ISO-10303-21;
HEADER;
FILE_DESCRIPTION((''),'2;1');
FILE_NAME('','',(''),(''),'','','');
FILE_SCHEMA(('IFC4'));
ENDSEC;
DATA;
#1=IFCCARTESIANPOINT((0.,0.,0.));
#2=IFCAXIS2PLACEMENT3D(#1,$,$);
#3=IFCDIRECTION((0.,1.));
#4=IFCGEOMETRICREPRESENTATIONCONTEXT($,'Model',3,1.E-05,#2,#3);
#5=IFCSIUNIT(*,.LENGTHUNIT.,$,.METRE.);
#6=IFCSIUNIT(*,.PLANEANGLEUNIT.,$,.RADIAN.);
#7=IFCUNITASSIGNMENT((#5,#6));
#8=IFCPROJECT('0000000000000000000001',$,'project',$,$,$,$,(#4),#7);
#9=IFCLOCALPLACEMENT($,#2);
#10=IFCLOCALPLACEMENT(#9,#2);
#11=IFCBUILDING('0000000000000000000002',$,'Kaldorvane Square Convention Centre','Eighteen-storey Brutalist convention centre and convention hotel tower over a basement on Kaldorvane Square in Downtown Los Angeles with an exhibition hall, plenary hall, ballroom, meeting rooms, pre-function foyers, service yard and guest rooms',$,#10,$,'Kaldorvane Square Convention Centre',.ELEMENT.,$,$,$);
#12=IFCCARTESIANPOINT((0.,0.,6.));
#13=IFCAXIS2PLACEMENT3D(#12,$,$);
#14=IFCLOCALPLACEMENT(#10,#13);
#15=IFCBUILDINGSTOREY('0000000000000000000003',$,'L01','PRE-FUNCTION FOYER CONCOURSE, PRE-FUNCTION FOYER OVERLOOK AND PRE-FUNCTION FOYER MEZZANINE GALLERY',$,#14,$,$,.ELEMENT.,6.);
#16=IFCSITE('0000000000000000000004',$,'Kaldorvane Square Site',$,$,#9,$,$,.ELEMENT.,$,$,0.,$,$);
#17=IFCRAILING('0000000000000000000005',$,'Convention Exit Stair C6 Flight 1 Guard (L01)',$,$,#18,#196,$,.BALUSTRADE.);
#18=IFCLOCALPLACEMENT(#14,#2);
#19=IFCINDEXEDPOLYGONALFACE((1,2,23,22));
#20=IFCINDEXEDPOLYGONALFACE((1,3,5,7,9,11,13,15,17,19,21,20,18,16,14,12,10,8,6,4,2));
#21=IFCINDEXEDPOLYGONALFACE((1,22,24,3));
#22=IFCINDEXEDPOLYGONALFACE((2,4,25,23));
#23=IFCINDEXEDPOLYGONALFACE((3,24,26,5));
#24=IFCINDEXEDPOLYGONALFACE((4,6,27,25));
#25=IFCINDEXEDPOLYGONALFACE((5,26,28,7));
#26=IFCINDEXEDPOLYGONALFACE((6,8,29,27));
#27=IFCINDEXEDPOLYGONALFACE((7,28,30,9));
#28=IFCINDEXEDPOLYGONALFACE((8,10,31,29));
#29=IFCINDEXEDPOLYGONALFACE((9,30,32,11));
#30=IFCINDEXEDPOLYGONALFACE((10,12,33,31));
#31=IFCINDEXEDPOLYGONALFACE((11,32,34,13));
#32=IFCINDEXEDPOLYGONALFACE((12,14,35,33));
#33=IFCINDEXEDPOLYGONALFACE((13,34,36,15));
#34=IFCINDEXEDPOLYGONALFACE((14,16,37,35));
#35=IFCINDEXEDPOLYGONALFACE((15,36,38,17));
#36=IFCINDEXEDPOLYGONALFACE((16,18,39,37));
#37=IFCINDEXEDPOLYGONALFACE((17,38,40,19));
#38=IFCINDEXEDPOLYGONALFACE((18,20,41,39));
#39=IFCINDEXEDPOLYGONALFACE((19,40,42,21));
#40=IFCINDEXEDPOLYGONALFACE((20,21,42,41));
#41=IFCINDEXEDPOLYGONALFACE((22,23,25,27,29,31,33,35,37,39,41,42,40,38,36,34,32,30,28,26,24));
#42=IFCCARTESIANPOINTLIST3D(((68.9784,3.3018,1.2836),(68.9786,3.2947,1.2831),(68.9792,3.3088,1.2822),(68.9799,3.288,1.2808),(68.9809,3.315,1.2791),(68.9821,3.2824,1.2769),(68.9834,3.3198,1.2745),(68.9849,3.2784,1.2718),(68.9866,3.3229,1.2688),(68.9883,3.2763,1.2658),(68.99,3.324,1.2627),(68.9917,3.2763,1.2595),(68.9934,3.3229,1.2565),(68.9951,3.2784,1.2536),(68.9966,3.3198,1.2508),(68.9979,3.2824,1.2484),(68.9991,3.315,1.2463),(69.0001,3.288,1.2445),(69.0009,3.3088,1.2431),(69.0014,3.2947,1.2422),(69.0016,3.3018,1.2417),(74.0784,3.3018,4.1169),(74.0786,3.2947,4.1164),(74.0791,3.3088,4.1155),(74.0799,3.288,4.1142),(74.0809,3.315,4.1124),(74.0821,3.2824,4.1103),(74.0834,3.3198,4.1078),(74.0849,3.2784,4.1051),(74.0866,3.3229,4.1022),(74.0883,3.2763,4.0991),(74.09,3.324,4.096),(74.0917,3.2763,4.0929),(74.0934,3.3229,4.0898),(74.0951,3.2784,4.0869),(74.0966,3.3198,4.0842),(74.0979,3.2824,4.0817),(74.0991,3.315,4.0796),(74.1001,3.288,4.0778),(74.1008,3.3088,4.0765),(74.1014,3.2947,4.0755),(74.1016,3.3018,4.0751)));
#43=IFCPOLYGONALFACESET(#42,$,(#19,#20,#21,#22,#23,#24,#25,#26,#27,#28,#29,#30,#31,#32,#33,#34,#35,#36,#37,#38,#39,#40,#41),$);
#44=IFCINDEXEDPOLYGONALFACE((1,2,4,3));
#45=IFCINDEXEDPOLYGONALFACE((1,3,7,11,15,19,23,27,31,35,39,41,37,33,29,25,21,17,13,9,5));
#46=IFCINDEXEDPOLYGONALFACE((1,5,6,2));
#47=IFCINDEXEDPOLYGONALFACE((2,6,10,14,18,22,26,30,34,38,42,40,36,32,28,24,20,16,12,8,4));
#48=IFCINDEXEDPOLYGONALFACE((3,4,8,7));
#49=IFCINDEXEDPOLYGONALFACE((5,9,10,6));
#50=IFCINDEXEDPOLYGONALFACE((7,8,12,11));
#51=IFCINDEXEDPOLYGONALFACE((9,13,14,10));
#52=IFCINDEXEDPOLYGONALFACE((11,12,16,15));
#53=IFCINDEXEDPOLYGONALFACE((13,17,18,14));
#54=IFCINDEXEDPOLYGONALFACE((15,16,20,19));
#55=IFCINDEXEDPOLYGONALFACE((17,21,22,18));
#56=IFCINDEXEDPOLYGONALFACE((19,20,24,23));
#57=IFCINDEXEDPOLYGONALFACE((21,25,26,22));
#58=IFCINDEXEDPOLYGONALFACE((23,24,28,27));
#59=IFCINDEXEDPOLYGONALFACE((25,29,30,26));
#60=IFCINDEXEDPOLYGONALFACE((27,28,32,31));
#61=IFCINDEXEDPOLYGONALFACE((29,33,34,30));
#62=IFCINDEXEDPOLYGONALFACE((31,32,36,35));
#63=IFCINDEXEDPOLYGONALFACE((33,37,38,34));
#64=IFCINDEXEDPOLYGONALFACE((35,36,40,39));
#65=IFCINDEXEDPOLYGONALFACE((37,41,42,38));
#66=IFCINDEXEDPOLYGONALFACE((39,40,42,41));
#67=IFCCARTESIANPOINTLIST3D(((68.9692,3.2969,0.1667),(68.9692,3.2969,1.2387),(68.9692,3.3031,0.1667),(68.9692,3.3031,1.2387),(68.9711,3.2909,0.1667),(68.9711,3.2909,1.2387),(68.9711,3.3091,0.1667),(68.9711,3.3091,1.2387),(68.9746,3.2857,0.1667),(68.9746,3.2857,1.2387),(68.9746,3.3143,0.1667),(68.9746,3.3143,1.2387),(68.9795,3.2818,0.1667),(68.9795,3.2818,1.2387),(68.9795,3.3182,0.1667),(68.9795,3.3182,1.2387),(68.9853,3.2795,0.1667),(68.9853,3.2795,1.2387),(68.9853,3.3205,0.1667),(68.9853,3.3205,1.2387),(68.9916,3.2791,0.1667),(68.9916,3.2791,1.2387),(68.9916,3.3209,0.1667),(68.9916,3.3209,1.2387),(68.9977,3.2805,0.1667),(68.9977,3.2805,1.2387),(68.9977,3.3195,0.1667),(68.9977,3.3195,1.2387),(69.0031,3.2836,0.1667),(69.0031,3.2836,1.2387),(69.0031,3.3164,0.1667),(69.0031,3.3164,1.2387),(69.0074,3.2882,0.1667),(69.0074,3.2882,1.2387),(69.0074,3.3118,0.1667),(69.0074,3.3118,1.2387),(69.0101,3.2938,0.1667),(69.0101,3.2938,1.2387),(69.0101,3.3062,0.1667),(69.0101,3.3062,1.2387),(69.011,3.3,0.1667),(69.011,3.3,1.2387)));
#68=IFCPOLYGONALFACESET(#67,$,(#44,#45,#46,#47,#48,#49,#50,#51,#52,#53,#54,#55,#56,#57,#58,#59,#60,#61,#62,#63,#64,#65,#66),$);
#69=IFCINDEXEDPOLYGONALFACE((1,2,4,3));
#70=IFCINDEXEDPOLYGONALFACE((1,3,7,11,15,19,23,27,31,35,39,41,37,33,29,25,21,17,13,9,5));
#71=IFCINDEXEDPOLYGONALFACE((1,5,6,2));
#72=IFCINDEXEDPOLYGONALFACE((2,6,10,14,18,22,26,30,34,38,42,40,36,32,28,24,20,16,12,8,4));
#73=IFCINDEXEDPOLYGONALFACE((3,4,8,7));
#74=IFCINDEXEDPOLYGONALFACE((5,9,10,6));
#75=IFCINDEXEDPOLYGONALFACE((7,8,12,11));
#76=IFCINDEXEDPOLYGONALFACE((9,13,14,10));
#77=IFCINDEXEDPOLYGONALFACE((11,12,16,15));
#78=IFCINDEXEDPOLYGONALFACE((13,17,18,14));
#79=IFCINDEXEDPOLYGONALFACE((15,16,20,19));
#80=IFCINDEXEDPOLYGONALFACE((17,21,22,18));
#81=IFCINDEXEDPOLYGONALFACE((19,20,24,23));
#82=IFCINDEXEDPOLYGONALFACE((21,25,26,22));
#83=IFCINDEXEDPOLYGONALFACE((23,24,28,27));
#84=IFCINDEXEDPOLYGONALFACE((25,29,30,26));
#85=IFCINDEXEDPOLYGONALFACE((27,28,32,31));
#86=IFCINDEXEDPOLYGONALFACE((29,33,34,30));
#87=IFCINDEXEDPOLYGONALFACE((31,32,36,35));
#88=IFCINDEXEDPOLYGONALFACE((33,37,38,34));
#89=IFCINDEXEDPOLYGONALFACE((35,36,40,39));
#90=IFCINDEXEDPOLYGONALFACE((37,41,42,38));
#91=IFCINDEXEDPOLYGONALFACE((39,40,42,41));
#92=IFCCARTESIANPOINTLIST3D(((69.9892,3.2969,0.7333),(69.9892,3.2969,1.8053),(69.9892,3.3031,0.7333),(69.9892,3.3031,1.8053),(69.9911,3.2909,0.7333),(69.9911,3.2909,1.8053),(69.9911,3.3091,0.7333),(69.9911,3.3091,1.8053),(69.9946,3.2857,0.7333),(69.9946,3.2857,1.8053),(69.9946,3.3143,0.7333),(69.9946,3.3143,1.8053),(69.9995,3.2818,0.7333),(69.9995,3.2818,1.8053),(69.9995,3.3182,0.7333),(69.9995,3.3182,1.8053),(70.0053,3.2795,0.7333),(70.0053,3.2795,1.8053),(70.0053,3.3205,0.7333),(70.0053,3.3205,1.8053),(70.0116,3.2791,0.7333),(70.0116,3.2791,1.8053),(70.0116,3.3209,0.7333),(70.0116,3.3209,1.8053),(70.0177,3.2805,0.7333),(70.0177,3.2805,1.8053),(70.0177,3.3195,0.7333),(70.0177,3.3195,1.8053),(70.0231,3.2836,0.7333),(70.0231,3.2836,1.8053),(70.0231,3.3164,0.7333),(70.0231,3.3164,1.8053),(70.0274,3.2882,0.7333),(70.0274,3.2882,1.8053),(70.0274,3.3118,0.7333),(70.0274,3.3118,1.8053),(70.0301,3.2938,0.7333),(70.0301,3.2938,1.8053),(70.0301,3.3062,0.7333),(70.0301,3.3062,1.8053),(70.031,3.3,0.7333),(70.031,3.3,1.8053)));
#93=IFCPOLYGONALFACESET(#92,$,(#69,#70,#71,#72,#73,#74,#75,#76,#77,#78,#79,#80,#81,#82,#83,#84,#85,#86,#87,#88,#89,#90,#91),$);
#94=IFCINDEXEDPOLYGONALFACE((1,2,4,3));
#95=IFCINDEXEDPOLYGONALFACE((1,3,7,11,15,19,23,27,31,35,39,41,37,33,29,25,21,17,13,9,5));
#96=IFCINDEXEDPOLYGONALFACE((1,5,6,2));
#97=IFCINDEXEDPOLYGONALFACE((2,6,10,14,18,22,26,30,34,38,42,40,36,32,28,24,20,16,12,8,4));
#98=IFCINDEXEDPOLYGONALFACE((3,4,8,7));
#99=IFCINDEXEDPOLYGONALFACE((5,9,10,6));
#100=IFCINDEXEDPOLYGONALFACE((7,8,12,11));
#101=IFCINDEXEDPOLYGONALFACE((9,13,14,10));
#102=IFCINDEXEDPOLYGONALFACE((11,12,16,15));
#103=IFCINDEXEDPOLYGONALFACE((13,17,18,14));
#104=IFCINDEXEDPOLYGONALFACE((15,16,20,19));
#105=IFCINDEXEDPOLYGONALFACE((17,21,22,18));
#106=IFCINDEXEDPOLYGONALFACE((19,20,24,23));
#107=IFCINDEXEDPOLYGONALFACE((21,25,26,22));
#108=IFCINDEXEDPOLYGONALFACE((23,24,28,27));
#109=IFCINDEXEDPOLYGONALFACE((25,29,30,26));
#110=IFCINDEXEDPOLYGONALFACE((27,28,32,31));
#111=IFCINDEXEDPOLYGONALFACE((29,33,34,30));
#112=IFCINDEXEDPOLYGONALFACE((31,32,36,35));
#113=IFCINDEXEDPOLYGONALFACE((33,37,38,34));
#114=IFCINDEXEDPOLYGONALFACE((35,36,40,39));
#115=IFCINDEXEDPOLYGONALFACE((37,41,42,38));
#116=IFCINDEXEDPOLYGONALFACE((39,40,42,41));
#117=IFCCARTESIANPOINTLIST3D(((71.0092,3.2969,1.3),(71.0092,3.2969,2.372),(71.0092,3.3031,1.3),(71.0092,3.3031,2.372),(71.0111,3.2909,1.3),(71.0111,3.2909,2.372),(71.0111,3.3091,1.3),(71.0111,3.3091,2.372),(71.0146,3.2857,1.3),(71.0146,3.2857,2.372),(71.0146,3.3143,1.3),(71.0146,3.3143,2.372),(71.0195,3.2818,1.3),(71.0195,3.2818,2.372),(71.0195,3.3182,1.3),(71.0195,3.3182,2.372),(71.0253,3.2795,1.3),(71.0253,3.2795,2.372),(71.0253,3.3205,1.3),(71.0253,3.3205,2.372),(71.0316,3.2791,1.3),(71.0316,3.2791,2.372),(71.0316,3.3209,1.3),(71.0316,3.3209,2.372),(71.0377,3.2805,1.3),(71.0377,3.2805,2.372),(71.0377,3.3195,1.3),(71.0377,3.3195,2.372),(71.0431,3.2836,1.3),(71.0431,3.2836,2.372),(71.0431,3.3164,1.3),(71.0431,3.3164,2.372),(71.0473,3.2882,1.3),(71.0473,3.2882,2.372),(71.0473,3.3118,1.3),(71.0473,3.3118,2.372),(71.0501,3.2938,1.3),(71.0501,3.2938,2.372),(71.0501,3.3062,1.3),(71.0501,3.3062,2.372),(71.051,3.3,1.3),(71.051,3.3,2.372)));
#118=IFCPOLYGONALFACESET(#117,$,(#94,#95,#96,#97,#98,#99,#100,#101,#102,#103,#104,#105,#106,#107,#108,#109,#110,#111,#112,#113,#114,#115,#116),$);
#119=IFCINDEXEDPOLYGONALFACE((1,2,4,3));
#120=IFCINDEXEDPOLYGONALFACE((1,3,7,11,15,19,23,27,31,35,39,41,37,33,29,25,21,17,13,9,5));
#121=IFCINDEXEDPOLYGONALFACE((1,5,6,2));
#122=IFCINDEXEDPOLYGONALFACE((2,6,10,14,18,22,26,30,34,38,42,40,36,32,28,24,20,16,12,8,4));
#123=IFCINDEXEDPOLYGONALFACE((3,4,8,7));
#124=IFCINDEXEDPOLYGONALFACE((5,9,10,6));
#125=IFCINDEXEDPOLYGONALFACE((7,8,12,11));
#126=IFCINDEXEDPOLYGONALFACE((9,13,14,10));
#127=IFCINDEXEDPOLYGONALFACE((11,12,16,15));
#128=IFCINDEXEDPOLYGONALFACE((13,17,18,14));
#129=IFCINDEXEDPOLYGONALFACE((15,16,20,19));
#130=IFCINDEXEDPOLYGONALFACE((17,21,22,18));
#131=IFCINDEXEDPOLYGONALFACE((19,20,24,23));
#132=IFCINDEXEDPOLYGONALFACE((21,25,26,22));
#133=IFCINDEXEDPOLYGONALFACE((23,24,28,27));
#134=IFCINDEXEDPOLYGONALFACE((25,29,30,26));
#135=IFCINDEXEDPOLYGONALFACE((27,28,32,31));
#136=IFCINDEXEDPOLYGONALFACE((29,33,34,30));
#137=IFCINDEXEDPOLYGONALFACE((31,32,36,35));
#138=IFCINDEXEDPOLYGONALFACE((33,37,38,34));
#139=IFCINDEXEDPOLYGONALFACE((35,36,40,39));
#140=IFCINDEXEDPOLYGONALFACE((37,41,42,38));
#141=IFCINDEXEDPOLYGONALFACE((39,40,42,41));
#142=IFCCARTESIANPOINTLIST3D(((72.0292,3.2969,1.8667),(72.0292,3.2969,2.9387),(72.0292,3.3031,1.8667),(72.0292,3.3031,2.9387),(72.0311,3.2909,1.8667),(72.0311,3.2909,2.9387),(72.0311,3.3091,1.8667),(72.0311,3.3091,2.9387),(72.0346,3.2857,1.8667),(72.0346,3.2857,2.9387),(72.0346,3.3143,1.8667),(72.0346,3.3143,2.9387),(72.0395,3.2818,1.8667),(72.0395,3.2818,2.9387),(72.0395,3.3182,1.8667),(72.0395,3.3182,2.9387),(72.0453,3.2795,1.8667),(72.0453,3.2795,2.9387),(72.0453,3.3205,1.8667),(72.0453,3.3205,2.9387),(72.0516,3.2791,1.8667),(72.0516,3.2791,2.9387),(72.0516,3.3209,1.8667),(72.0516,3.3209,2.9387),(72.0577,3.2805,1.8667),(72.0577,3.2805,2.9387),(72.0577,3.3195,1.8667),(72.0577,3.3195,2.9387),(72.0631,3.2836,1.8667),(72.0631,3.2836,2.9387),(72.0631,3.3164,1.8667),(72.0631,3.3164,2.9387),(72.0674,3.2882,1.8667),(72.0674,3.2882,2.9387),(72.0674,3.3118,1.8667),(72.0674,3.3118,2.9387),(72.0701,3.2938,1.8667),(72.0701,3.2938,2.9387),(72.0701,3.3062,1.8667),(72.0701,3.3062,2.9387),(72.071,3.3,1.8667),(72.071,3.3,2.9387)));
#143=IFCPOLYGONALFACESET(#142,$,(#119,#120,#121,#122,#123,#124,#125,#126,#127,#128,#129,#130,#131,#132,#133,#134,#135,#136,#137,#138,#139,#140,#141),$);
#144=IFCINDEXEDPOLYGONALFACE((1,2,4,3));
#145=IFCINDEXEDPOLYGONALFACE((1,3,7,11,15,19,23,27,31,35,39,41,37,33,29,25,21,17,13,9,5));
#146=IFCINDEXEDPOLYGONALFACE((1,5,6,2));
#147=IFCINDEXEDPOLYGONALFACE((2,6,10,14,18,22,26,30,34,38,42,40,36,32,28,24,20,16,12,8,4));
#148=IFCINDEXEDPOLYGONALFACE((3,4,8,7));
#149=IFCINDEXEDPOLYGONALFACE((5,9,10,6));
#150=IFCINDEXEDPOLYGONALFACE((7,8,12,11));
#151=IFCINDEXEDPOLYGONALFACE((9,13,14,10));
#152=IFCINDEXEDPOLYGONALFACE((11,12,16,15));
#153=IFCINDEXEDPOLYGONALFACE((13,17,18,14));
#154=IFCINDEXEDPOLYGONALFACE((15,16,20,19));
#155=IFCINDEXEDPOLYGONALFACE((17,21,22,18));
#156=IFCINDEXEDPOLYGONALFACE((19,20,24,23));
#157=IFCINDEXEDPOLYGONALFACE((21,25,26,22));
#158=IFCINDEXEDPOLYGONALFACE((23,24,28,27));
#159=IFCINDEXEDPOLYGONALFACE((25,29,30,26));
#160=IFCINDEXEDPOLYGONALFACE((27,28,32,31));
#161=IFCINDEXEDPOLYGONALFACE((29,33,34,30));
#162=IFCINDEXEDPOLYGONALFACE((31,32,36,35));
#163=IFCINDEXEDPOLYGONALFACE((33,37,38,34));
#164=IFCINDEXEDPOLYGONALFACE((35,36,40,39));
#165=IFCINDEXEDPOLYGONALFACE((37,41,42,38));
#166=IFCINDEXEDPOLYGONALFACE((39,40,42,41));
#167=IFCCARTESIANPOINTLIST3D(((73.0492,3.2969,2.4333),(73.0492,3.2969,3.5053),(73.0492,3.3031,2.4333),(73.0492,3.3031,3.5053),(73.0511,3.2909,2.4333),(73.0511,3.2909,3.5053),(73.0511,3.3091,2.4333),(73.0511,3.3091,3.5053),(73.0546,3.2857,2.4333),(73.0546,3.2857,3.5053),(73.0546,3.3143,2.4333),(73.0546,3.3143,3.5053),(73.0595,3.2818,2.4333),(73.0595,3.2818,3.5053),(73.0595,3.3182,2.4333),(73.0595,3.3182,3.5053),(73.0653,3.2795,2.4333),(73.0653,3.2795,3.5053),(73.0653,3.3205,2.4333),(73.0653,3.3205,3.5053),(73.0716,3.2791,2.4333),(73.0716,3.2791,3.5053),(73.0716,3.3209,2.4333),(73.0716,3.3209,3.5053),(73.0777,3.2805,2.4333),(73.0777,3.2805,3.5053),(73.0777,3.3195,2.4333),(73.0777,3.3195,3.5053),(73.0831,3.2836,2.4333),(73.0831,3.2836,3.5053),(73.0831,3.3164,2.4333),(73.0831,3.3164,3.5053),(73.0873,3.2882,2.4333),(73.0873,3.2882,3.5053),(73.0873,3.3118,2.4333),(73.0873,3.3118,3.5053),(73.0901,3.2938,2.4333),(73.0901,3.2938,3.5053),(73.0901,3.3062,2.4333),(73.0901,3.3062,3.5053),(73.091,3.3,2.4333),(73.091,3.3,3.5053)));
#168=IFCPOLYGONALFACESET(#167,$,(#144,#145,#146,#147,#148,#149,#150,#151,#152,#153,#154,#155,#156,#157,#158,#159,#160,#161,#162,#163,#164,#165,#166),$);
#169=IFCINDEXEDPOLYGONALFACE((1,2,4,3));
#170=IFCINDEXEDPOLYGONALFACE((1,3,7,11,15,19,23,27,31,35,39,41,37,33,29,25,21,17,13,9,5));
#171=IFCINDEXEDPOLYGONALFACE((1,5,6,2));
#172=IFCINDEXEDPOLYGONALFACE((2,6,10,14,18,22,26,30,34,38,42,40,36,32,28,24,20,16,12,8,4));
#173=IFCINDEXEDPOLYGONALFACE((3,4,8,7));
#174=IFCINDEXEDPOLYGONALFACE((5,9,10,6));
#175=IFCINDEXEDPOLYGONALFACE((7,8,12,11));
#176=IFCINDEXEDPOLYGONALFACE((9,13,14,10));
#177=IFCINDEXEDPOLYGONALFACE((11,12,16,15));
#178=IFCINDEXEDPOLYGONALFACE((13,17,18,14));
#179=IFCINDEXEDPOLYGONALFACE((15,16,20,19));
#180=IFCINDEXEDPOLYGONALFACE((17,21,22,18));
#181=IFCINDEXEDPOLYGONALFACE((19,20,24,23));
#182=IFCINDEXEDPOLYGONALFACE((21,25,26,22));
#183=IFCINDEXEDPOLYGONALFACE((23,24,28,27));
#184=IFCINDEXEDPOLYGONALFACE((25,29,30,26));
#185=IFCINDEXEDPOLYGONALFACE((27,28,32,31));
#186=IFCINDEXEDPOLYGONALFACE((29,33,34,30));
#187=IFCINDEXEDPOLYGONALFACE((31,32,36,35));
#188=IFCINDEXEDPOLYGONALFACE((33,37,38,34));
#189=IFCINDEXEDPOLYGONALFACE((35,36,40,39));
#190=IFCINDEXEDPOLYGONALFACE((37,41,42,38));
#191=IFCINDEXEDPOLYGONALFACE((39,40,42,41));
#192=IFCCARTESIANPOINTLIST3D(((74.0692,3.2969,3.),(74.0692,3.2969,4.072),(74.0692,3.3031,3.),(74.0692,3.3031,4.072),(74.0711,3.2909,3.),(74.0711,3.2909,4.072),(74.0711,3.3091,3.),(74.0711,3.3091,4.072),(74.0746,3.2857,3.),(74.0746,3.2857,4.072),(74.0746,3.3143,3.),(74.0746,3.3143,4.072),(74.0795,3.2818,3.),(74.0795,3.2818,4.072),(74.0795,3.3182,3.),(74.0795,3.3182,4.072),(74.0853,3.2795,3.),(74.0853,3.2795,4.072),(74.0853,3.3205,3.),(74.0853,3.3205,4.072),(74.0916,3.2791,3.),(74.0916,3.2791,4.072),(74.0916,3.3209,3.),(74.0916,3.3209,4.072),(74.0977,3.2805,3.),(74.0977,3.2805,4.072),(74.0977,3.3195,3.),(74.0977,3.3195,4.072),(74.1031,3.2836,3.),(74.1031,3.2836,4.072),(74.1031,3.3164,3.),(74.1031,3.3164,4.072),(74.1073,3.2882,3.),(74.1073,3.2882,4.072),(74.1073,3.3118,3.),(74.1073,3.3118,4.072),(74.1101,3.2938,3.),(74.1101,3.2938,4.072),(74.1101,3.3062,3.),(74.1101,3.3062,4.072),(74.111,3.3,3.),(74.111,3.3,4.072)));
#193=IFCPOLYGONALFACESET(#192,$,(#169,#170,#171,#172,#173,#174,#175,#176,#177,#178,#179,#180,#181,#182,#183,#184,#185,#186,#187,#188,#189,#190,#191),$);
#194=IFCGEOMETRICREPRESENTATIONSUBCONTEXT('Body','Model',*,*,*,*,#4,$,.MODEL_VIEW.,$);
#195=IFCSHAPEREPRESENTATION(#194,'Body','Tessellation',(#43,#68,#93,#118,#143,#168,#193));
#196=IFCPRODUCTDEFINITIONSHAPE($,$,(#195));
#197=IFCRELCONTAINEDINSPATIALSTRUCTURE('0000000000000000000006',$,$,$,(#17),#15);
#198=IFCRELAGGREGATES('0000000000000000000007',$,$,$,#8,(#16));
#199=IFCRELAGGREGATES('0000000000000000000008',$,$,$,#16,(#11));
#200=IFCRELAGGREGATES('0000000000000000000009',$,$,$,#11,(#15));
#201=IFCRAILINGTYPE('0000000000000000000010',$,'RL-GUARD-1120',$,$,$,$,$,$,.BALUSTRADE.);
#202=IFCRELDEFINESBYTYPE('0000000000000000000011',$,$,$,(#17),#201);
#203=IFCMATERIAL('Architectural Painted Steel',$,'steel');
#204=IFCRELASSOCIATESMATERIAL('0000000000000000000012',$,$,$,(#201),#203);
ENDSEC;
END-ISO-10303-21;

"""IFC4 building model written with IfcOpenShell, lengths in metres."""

from ifc_helpers import new_model, si_unit, direction, frame, origin, origin_2d, place, context, subcontext, project, spatial, circle, extrude, material, type_object, element, save


model = new_model("IFC4")

# Units and contexts
model_context = context("Model", 3, precision=1e-05, world=origin(), true_north=direction((0.0, 1.0)))
body_context = subcontext(model_context, "Body", "Model", "MODEL_VIEW")
ifc_project = project(units=[si_unit("LENGTHUNIT", "METRE"), si_unit("PLANEANGLEUNIT", "RADIAN")], contexts=[model_context])

# Site, building, storey
site_placement = place(None, origin())
site = spatial("IfcSite", under=ifc_project, at=site_placement, Name="Kaldorvane Square Site", CompositionType="ELEMENT", RefElevation=0.0)
building_placement = place(site_placement, origin())
building = spatial("IfcBuilding", under=site, at=building_placement, Name="Kaldorvane Square Convention Centre", Description="Eighteen-storey Brutalist convention centre and convention hotel tower over a basement on Kaldorvane Square in Downtown Los Angeles with an exhibition hall, plenary hall, ballroom, meeting rooms, pre-function foyers, service yard and guest rooms", LongName="Kaldorvane Square Convention Centre", CompositionType="ELEMENT")
storey_placement = place(building_placement, frame((0.0, 0.0, 6.0)))
storey = spatial("IfcBuildingStorey", under=building, at=storey_placement, Name="L01", Description="PRE-FUNCTION FOYER CONCOURSE, PRE-FUNCTION FOYER OVERLOOK AND PRE-FUNCTION FOYER MEZZANINE GALLERY", CompositionType="ELEMENT", Elevation=6.0)

# Railing
ifc_material_1 = material(Name="Architectural Painted Steel", Category="steel")
railing_type_1 = type_object("IfcRailingType", Name="RL-GUARD-1120", PredefinedType="BALUSTRADE", material=ifc_material_1)
railing_1_placement = place(storey_placement, frame((68.99, 3.3, 0.1667)))
element("IfcRailing", 1, at=railing_1_placement, inside=storey, type_object=railing_type_1, Name="Convention Exit Stair C6 Flight 1 Guard (L01)", PredefinedType="BALUSTRADE", context=body_context, shape_type="SweptSolid", body=[
    extrude(circle(Radius=0.024, at=origin_2d()), frame((0.0, 0.0, 1.096), z_axis=(0.874157, 0.0, 0.485643), x_axis=(0.0, 1.0, 0.0)), (0.0, 0.0, 1.0), 5.8342),
    extrude(circle(Radius=0.021, at=origin_2d()), origin(), (0.0, 0.0, 1.0), 1.072),
    extrude(circle(Radius=0.021, at=origin_2d()), frame((1.02, 0.0, 0.5667)), (0.0, 0.0, 1.0), 1.072),
    extrude(circle(Radius=0.021, at=origin_2d()), frame((2.04, 0.0, 1.1333)), (0.0, 0.0, 1.0), 1.072),
    extrude(circle(Radius=0.021, at=origin_2d()), frame((3.06, 0.0, 1.7)), (0.0, 0.0, 1.0), 1.072),
    extrude(circle(Radius=0.021, at=origin_2d()), frame((4.08, 0.0, 2.2667)), (0.0, 0.0, 1.0), 1.072),
    extrude(circle(Radius=0.021, at=origin_2d()), frame((5.1, 0.0, 2.8333)), (0.0, 0.0, 1.0), 1.072),
])

save(model, "model.ifc")
